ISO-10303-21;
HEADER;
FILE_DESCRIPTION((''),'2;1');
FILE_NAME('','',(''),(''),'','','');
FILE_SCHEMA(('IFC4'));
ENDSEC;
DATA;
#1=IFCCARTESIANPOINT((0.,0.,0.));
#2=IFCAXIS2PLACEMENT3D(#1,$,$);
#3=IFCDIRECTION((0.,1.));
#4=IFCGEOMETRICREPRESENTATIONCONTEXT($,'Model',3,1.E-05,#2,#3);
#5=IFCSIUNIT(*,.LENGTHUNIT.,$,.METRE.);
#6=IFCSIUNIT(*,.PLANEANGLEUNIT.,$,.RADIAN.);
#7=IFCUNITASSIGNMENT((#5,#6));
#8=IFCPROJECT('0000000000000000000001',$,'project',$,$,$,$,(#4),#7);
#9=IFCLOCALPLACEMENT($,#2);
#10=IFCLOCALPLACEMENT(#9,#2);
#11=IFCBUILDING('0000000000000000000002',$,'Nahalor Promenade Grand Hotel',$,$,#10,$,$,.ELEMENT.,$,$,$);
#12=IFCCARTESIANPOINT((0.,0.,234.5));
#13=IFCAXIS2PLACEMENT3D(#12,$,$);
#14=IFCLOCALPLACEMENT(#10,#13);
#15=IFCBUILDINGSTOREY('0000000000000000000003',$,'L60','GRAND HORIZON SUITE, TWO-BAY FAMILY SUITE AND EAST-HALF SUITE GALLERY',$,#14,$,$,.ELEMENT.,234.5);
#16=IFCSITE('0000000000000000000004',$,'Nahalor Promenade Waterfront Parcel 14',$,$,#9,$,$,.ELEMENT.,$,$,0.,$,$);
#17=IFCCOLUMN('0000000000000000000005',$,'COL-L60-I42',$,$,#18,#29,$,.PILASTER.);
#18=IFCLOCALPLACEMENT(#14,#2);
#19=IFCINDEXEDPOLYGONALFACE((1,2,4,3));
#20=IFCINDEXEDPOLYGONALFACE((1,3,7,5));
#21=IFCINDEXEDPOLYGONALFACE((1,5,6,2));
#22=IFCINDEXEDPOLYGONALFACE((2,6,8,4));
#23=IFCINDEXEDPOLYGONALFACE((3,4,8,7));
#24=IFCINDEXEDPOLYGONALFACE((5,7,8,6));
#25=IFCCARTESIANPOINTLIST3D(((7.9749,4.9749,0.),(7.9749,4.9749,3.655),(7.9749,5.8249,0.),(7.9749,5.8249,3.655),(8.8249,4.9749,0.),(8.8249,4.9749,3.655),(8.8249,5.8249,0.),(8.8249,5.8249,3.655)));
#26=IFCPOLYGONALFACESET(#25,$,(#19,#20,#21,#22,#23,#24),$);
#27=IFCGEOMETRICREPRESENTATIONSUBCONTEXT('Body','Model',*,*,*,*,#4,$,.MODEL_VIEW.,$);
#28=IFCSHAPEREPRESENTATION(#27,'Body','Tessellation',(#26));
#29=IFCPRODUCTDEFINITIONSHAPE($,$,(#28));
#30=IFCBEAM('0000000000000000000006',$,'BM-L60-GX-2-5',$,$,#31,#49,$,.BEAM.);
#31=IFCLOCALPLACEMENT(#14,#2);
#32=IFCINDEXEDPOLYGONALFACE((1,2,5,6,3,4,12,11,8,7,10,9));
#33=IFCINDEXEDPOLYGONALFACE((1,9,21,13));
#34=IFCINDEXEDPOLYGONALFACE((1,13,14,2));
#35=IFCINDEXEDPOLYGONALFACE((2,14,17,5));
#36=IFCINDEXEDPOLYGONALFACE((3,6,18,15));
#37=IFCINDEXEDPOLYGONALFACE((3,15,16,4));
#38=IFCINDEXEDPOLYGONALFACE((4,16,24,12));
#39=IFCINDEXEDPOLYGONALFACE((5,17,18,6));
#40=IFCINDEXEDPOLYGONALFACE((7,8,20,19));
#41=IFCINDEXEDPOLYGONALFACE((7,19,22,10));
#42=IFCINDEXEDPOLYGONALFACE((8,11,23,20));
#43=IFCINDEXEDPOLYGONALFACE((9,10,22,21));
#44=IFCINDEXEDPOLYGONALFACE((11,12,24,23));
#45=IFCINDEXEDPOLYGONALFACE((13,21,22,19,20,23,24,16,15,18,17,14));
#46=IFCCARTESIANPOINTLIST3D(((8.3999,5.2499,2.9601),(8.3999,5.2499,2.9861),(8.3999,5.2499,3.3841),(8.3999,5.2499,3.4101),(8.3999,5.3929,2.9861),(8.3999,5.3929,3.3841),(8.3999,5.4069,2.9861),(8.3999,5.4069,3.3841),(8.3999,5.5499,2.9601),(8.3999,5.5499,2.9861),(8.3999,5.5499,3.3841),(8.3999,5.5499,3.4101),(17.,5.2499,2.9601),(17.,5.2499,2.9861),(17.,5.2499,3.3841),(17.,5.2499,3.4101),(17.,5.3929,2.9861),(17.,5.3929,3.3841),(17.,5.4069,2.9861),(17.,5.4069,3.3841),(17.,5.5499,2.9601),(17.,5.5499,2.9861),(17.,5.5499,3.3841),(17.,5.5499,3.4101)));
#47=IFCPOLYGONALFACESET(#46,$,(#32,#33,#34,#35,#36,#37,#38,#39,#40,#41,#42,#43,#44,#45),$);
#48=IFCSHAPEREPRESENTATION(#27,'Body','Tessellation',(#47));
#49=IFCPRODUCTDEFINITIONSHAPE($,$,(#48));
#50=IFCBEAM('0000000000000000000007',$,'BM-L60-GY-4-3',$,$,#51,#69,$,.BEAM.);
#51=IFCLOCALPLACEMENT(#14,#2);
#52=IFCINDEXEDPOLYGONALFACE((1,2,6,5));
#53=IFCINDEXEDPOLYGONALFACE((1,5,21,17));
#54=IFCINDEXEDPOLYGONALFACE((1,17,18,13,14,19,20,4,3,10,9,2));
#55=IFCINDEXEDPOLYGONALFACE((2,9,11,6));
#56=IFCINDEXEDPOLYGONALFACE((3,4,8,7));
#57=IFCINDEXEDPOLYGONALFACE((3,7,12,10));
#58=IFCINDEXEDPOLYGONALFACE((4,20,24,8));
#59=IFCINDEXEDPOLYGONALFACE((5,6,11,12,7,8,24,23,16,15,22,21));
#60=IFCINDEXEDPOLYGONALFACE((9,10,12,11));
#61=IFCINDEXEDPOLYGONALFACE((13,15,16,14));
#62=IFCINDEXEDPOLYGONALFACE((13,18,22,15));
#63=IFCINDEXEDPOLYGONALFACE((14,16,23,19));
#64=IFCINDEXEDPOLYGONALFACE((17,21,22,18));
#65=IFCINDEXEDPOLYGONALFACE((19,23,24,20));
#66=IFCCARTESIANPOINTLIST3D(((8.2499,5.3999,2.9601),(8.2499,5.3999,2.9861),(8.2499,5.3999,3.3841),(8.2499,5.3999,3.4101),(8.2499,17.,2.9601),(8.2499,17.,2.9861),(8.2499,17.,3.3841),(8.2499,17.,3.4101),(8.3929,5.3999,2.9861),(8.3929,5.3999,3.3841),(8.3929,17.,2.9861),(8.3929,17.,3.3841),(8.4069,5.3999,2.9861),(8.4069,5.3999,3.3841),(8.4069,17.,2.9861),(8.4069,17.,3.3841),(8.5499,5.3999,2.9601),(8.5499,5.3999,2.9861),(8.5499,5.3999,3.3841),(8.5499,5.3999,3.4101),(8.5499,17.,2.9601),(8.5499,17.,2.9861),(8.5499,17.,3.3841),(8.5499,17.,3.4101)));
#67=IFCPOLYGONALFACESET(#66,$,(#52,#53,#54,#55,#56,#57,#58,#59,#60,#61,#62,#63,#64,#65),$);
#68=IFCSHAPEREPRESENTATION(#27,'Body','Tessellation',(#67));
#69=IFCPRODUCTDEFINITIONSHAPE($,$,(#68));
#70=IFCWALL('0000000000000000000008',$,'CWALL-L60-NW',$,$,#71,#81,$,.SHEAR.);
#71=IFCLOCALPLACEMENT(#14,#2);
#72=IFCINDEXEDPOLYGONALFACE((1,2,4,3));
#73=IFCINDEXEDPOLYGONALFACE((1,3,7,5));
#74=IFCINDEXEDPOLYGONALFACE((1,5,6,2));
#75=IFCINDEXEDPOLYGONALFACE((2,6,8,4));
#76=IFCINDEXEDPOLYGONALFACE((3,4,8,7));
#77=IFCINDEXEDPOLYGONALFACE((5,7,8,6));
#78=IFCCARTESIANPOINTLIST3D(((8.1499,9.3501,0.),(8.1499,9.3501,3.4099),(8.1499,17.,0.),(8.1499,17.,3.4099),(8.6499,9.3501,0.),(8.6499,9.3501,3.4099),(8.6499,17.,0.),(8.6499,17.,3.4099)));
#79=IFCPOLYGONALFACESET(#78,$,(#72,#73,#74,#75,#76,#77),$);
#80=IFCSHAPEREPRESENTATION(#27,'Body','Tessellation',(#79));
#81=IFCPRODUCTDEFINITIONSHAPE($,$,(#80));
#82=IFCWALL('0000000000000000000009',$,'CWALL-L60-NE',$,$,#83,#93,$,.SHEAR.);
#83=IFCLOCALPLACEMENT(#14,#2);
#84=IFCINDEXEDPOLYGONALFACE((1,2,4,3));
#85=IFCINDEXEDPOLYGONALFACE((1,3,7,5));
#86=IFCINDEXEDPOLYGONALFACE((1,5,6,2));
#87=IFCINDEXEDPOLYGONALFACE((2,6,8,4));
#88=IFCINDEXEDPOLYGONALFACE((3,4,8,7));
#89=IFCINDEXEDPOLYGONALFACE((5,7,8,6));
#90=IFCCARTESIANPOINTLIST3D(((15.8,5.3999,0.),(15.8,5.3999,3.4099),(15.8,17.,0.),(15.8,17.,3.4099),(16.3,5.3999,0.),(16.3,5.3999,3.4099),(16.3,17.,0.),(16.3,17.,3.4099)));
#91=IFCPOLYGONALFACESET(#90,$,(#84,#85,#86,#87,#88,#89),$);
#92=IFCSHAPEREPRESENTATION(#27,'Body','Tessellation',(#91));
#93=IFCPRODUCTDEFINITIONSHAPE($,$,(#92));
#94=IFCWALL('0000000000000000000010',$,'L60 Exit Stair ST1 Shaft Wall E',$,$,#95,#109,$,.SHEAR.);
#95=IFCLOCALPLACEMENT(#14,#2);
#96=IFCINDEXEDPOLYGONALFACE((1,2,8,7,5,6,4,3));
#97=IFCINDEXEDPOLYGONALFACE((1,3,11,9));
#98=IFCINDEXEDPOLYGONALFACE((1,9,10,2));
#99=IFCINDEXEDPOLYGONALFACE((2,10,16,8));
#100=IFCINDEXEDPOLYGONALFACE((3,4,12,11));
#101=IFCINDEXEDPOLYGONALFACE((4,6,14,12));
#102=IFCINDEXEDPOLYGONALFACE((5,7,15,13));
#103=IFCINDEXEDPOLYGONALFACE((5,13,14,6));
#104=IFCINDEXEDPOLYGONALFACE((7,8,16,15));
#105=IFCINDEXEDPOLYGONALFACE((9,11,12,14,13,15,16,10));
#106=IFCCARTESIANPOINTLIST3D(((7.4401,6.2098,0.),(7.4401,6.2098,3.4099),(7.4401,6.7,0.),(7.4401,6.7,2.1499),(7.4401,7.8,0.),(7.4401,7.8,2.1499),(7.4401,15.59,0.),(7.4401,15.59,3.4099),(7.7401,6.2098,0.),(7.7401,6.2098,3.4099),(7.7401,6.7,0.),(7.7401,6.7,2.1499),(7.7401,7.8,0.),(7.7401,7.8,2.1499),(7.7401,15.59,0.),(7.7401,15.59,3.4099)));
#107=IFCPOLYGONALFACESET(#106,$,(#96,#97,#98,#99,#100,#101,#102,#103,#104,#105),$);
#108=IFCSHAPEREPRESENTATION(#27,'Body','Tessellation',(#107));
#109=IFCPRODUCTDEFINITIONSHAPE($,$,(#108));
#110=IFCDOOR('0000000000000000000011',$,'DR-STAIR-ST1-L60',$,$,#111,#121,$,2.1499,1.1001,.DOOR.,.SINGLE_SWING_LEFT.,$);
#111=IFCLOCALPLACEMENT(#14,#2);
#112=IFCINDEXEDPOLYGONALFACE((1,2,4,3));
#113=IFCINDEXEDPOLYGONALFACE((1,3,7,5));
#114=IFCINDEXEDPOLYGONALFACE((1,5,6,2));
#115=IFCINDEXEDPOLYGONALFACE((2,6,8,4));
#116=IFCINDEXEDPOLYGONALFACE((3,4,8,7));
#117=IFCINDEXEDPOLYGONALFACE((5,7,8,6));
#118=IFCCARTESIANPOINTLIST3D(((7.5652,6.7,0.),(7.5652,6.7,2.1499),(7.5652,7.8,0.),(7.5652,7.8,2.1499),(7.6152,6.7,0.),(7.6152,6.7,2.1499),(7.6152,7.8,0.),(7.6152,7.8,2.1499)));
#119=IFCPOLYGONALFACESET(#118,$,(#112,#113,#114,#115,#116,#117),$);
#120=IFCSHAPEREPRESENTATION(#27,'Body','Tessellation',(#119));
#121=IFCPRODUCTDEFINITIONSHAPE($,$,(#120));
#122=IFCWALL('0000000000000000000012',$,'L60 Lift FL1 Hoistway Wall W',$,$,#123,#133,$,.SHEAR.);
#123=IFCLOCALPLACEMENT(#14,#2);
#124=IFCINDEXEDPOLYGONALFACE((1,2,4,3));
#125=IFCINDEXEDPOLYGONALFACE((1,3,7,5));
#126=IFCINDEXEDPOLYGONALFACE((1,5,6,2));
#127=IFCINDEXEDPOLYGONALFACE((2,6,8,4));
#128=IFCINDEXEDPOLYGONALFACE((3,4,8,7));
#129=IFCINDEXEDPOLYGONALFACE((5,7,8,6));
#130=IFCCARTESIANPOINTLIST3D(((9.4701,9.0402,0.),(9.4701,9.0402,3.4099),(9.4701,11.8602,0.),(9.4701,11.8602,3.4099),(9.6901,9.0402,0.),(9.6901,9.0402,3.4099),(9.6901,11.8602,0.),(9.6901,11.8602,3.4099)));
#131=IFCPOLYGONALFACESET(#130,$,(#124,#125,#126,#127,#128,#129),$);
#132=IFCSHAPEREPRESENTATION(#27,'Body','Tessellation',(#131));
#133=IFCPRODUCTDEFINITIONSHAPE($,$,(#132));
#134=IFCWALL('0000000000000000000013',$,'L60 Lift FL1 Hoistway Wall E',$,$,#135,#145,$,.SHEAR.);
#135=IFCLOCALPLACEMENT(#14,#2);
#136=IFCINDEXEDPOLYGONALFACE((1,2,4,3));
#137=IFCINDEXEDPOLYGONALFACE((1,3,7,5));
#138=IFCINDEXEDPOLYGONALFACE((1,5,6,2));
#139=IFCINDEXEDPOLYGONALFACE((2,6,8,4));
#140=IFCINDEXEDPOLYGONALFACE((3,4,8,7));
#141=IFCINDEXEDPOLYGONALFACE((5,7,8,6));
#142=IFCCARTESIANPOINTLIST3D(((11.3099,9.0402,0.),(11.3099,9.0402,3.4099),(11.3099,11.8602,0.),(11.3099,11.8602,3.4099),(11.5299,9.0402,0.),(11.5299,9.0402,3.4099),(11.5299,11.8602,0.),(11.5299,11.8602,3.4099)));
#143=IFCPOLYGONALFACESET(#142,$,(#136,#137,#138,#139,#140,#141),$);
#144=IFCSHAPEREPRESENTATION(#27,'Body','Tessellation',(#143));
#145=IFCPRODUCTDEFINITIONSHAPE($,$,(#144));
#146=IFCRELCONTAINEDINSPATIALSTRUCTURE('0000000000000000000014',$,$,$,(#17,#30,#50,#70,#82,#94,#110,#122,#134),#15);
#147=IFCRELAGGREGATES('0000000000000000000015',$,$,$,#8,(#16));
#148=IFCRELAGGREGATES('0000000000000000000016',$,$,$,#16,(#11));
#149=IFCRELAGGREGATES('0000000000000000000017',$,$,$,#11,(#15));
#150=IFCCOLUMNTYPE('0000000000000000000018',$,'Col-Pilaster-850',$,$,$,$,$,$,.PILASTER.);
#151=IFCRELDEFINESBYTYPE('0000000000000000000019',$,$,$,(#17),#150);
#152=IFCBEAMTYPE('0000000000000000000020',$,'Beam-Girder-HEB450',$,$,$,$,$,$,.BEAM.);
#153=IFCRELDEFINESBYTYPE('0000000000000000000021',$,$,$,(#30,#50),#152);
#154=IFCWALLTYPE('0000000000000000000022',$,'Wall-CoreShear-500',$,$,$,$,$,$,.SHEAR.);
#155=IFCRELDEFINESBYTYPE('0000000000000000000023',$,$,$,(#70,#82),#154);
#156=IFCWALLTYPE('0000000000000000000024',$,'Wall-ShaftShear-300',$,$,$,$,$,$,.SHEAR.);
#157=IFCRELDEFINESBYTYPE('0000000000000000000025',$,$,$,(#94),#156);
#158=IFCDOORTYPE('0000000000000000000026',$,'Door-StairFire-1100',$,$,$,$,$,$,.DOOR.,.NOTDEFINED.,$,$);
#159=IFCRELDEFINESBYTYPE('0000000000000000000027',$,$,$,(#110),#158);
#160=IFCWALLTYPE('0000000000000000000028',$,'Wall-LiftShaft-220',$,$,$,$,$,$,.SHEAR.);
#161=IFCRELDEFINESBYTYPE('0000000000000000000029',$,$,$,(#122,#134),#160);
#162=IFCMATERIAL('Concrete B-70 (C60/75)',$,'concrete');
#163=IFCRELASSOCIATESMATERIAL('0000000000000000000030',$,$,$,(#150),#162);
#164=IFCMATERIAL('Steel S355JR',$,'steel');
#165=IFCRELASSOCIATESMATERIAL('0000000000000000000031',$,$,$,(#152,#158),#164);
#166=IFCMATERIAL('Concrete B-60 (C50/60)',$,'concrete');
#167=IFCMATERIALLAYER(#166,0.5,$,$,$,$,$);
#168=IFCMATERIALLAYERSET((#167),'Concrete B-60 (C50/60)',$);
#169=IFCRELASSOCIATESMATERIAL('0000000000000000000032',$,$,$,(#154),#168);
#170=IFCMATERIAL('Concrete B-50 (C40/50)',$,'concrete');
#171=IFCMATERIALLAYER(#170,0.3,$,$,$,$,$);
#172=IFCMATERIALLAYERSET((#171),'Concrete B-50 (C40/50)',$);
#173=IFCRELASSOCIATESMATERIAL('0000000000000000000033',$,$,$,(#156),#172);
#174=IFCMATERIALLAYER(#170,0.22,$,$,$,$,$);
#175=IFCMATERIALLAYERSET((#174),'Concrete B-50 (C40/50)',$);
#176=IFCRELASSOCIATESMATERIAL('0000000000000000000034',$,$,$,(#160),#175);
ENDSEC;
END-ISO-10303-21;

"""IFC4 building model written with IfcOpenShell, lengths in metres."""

from ifc_helpers import new_model, si_unit, direction, frame, frame_2d, origin, origin_2d, place, context, subcontext, project, spatial, rectangle, i_section, extrude, source, transform, mapped, material, layer, layer_set, material_profile, profile_set, type_object, element, fill, save


model = new_model("IFC4")

# Units and contexts
model_context = context("Model", 3, precision=1e-05, world=origin(), true_north=direction((0.0, 1.0)))
body_context = subcontext(model_context, "Body", "Model", "MODEL_VIEW")
ifc_project = project(units=[si_unit("LENGTHUNIT", "METRE"), si_unit("PLANEANGLEUNIT", "RADIAN")], contexts=[model_context])

# Site, building, storey
site_placement = place(None, origin())
site = spatial("IfcSite", under=ifc_project, at=site_placement, Name="Nahalor Promenade Waterfront Parcel 14", CompositionType="ELEMENT", RefElevation=0.0)
building_placement = place(site_placement, origin())
building = spatial("IfcBuilding", under=site, at=building_placement, Name="Nahalor Promenade Grand Hotel", CompositionType="ELEMENT")
storey_placement = place(building_placement, frame((0.0, 0.0, 234.5)))
storey = spatial("IfcBuildingStorey", under=building, at=storey_placement, Name="L60", Description="GRAND HORIZON SUITE, TWO-BAY FAMILY SUITE AND EAST-HALF SUITE GALLERY", CompositionType="ELEMENT", Elevation=234.5)

# Column
ifc_material_1 = material(Name="Concrete B-70 (C60/75)", Category="concrete")
ifc_material_profile_1 = material_profile(ifc_material_1, rectangle(XDim=0.85, YDim=0.85, at=origin_2d()), Name="RC 850x850")
ifc_profile_set_1 = profile_set([ifc_material_profile_1], Name="Concrete B-70 (C60/75)")
column_type = type_object("IfcColumnType", Name="Col-Pilaster-850", PredefinedType="PILASTER", material=ifc_profile_set_1)
shared_shape_1 = source(origin(), body_context, "Body", "SweptSolid", [
    extrude(rectangle(XDim=0.85, YDim=0.85, at=origin_2d()), origin(), (0.0, 0.0, 1.0), 3.655),
])
column_placement = place(storey_placement, frame((8.3999, 5.3999, 0.0), z_axis=(0.0, 0.0, 1.0), x_axis=(1.0, 0.0, 0.0)))
element("IfcColumn", 1, at=column_placement, inside=storey, type_object=column_type, Name="COL-L60-I42", PredefinedType="PILASTER", context=body_context, shape_type="MappedRepresentation", body=[
    mapped(shared_shape_1, transform((0.0, 0.0, 0.0), scale=1.0)),
])

# Beams
ifc_material_2 = material(Name="Steel S355JR", Category="steel")
ifc_material_profile_2 = material_profile(ifc_material_2, i_section(OverallWidth=0.3, OverallDepth=0.45, WebThickness=0.014, FlangeThickness=0.026, at=origin_2d()), Name="HEB 450")
ifc_profile_set_2 = profile_set([ifc_material_profile_2], Name="Steel S355JR")
beam_type = type_object("IfcBeamType", Name="Beam-Girder-HEB450", PredefinedType="BEAM", material=ifc_profile_set_2)
shared_shape_2 = source(origin(), body_context, "Body", "SweptSolid", [
    extrude(i_section(OverallWidth=0.3, OverallDepth=0.45, WebThickness=0.014, FlangeThickness=0.026, at=origin_2d()), origin(), (0.0, 0.0, 1.0), 8.6001),
])
beam_1_placement = place(storey_placement, frame((8.3999, 5.3999, 3.1851), z_axis=(1.0, 0.0, 0.0), x_axis=(0.0, 1.0, 0.0)))
element("IfcBeam", 2, at=beam_1_placement, inside=storey, type_object=beam_type, Name="BM-L60-GX-2-5", PredefinedType="BEAM", context=body_context, shape_type="MappedRepresentation", body=[
    mapped(shared_shape_2, transform((0.0, 0.0, 0.0), scale=1.0)),
])
shared_shape_3 = source(origin(), body_context, "Body", "SweptSolid", [
    extrude(i_section(OverallWidth=0.3, OverallDepth=0.45, WebThickness=0.014, FlangeThickness=0.026, at=origin_2d()), origin(), (0.0, 0.0, 1.0), 11.6001),
])
beam_2_placement = place(storey_placement, frame((8.3999, 5.3999, 3.1851), z_axis=(0.0, 1.0, 0.0), x_axis=(-1.0, 0.0, 0.0)))
element("IfcBeam", 3, at=beam_2_placement, inside=storey, type_object=beam_type, Name="BM-L60-GY-4-3", PredefinedType="BEAM", context=body_context, shape_type="MappedRepresentation", body=[
    mapped(shared_shape_3, transform((0.0, 0.0, 0.0), scale=1.0)),
])

# Walls
ifc_material_3 = material(Name="Concrete B-60 (C50/60)", Category="concrete")
ifc_layer_1 = layer(ifc_material_3, 0.5)
ifc_layer_set_1 = layer_set([ifc_layer_1], Name="Concrete B-60 (C50/60)")
wall_type_1 = type_object("IfcWallType", Name="Wall-CoreShear-500", PredefinedType="SHEAR", material=ifc_layer_set_1)
shared_shape_4 = source(origin(), body_context, "Body", "SweptSolid", [
    extrude(rectangle(XDim=7.6499, YDim=0.5, at=frame_2d((3.825, 0.0))), origin(), (0.0, 0.0, 1.0), 3.4099),
])
wall_1_placement = place(storey_placement, frame((8.3999, 9.3501, 0.0), z_axis=(0.0, 0.0, 1.0), x_axis=(0.0, 1.0, 0.0)))
element("IfcWall", 4, at=wall_1_placement, inside=storey, type_object=wall_type_1, Name="CWALL-L60-NW", PredefinedType="SHEAR", context=body_context, shape_type="MappedRepresentation", body=[
    mapped(shared_shape_4, transform((0.0, 0.0, 0.0), scale=1.0)),
])
shared_shape_5 = source(origin(), body_context, "Body", "SweptSolid", [
    extrude(rectangle(XDim=11.6001, YDim=0.5, at=frame_2d((5.8, 0.0))), origin(), (0.0, 0.0, 1.0), 3.4099),
])
wall_2_placement = place(storey_placement, frame((16.05, 5.3999, 0.0), z_axis=(0.0, 0.0, 1.0), x_axis=(0.0, 1.0, 0.0)))
element("IfcWall", 5, at=wall_2_placement, inside=storey, type_object=wall_type_1, Name="CWALL-L60-NE", PredefinedType="SHEAR", context=body_context, shape_type="MappedRepresentation", body=[
    mapped(shared_shape_5, transform((0.0, 0.0, 0.0), scale=1.0)),
])

# Wall, opening, door
ifc_material_4 = material(Name="Concrete B-50 (C40/50)", Category="concrete")
ifc_layer_2 = layer(ifc_material_4, 0.3)
ifc_layer_set_2 = layer_set([ifc_layer_2], Name="Concrete B-50 (C40/50)")
wall_type_2 = type_object("IfcWallType", Name="Wall-ShaftShear-300", PredefinedType="SHEAR", material=ifc_layer_set_2)
shared_shape_6 = source(origin(), body_context, "Body", "SweptSolid", [
    extrude(rectangle(XDim=9.3801, YDim=0.3, at=frame_2d((4.6899, 0.0))), origin(), (0.0, 0.0, 1.0), 3.4099),
])
wall_3_placement = place(storey_placement, frame((7.5901, 6.21, 0.0), z_axis=(0.0, 0.0, 1.0), x_axis=(0.0, 1.0, 0.0)))
wall_3 = element("IfcWall", 6, at=wall_3_placement, inside=storey, type_object=wall_type_2, Name="L60 Exit Stair ST1 Shaft Wall E", PredefinedType="SHEAR", context=body_context, shape_type="MappedRepresentation", body=[
    mapped(shared_shape_6, transform((0.0, 0.0, 0.0), scale=1.0)),
])
opening_1_placement = place(wall_3_placement, frame((0.49, 0.0, 0.0)))
opening_1 = element("IfcOpeningElement", 7, at=opening_1_placement, cuts=wall_3, PredefinedType="OPENING", context=body_context, shape_type="SweptSolid", body=[
    extrude(rectangle(XDim=1.1001, YDim=2.1499, at=frame_2d((0.55, 1.075))), frame((0.0, 0.1599, 0.0), z_axis=(0.0, -1.0, 0.0), x_axis=(1.0, 0.0, 0.0)), (0.0, 0.0, 1.0), 0.3201),
])
door_type_1 = type_object("IfcDoorType", Name="Door-StairFire-1100", OperationType="NOTDEFINED", PredefinedType="DOOR", material=ifc_material_2)
shared_shape_7 = source(origin(), body_context, "Body", "SweptSolid", [
    extrude(rectangle(XDim=1.1001, YDim=2.1499, at=frame_2d((0.55, 1.075))), frame((0.0, 0.0249, 0.0), z_axis=(0.0, -1.0, 0.0), x_axis=(1.0, 0.0, 0.0)), (0.0, 0.0, 1.0), 0.05),
])
door_1_placement = place(opening_1_placement, origin())
door_1 = element("IfcDoor", 8, at=door_1_placement, inside=storey, type_object=door_type_1, Name="DR-STAIR-ST1-L60", OperationType="SINGLE_SWING_LEFT", OverallHeight=2.1499, OverallWidth=1.1001, PredefinedType="DOOR", context=body_context, shape_type="MappedRepresentation", body=[
    mapped(shared_shape_7, transform((0.0, 0.0, 0.0), scale=1.0)),
])
fill(opening_1, door_1)

# Walls
ifc_layer_3 = layer(ifc_material_4, 0.22)
ifc_layer_set_3 = layer_set([ifc_layer_3], Name="Concrete B-50 (C40/50)")
wall_type_3 = type_object("IfcWallType", Name="Wall-LiftShaft-220", PredefinedType="SHEAR", material=ifc_layer_set_3)
shared_shape_8 = source(origin(), body_context, "Body", "SweptSolid", [
    extrude(rectangle(XDim=2.8201, YDim=0.22, at=frame_2d((1.4102, 0.0))), origin(), (0.0, 0.0, 1.0), 3.4099),
])
for number, where, z_axis, x_axis, name in (
    (9, (9.5801, 9.04, 0.0), (0.0, 0.0, 1.0), (0.0, 1.0, 0.0), "L60 Lift FL1 Hoistway Wall W"),
    (10, (11.4199, 9.04, 0.0), (0.0, 0.0, 1.0), (0.0, 1.0, 0.0), "L60 Lift FL1 Hoistway Wall E"),
):
    element("IfcWall", number, at=place(storey_placement, frame(where, z_axis=z_axis, x_axis=x_axis)), inside=storey, type_object=wall_type_3, Name=name, PredefinedType="SHEAR", context=body_context, shape_type="MappedRepresentation", body=[
        mapped(shared_shape_8, transform((0.0, 0.0, 0.0), scale=1.0)),
    ])

save(model, "model.ifc")
